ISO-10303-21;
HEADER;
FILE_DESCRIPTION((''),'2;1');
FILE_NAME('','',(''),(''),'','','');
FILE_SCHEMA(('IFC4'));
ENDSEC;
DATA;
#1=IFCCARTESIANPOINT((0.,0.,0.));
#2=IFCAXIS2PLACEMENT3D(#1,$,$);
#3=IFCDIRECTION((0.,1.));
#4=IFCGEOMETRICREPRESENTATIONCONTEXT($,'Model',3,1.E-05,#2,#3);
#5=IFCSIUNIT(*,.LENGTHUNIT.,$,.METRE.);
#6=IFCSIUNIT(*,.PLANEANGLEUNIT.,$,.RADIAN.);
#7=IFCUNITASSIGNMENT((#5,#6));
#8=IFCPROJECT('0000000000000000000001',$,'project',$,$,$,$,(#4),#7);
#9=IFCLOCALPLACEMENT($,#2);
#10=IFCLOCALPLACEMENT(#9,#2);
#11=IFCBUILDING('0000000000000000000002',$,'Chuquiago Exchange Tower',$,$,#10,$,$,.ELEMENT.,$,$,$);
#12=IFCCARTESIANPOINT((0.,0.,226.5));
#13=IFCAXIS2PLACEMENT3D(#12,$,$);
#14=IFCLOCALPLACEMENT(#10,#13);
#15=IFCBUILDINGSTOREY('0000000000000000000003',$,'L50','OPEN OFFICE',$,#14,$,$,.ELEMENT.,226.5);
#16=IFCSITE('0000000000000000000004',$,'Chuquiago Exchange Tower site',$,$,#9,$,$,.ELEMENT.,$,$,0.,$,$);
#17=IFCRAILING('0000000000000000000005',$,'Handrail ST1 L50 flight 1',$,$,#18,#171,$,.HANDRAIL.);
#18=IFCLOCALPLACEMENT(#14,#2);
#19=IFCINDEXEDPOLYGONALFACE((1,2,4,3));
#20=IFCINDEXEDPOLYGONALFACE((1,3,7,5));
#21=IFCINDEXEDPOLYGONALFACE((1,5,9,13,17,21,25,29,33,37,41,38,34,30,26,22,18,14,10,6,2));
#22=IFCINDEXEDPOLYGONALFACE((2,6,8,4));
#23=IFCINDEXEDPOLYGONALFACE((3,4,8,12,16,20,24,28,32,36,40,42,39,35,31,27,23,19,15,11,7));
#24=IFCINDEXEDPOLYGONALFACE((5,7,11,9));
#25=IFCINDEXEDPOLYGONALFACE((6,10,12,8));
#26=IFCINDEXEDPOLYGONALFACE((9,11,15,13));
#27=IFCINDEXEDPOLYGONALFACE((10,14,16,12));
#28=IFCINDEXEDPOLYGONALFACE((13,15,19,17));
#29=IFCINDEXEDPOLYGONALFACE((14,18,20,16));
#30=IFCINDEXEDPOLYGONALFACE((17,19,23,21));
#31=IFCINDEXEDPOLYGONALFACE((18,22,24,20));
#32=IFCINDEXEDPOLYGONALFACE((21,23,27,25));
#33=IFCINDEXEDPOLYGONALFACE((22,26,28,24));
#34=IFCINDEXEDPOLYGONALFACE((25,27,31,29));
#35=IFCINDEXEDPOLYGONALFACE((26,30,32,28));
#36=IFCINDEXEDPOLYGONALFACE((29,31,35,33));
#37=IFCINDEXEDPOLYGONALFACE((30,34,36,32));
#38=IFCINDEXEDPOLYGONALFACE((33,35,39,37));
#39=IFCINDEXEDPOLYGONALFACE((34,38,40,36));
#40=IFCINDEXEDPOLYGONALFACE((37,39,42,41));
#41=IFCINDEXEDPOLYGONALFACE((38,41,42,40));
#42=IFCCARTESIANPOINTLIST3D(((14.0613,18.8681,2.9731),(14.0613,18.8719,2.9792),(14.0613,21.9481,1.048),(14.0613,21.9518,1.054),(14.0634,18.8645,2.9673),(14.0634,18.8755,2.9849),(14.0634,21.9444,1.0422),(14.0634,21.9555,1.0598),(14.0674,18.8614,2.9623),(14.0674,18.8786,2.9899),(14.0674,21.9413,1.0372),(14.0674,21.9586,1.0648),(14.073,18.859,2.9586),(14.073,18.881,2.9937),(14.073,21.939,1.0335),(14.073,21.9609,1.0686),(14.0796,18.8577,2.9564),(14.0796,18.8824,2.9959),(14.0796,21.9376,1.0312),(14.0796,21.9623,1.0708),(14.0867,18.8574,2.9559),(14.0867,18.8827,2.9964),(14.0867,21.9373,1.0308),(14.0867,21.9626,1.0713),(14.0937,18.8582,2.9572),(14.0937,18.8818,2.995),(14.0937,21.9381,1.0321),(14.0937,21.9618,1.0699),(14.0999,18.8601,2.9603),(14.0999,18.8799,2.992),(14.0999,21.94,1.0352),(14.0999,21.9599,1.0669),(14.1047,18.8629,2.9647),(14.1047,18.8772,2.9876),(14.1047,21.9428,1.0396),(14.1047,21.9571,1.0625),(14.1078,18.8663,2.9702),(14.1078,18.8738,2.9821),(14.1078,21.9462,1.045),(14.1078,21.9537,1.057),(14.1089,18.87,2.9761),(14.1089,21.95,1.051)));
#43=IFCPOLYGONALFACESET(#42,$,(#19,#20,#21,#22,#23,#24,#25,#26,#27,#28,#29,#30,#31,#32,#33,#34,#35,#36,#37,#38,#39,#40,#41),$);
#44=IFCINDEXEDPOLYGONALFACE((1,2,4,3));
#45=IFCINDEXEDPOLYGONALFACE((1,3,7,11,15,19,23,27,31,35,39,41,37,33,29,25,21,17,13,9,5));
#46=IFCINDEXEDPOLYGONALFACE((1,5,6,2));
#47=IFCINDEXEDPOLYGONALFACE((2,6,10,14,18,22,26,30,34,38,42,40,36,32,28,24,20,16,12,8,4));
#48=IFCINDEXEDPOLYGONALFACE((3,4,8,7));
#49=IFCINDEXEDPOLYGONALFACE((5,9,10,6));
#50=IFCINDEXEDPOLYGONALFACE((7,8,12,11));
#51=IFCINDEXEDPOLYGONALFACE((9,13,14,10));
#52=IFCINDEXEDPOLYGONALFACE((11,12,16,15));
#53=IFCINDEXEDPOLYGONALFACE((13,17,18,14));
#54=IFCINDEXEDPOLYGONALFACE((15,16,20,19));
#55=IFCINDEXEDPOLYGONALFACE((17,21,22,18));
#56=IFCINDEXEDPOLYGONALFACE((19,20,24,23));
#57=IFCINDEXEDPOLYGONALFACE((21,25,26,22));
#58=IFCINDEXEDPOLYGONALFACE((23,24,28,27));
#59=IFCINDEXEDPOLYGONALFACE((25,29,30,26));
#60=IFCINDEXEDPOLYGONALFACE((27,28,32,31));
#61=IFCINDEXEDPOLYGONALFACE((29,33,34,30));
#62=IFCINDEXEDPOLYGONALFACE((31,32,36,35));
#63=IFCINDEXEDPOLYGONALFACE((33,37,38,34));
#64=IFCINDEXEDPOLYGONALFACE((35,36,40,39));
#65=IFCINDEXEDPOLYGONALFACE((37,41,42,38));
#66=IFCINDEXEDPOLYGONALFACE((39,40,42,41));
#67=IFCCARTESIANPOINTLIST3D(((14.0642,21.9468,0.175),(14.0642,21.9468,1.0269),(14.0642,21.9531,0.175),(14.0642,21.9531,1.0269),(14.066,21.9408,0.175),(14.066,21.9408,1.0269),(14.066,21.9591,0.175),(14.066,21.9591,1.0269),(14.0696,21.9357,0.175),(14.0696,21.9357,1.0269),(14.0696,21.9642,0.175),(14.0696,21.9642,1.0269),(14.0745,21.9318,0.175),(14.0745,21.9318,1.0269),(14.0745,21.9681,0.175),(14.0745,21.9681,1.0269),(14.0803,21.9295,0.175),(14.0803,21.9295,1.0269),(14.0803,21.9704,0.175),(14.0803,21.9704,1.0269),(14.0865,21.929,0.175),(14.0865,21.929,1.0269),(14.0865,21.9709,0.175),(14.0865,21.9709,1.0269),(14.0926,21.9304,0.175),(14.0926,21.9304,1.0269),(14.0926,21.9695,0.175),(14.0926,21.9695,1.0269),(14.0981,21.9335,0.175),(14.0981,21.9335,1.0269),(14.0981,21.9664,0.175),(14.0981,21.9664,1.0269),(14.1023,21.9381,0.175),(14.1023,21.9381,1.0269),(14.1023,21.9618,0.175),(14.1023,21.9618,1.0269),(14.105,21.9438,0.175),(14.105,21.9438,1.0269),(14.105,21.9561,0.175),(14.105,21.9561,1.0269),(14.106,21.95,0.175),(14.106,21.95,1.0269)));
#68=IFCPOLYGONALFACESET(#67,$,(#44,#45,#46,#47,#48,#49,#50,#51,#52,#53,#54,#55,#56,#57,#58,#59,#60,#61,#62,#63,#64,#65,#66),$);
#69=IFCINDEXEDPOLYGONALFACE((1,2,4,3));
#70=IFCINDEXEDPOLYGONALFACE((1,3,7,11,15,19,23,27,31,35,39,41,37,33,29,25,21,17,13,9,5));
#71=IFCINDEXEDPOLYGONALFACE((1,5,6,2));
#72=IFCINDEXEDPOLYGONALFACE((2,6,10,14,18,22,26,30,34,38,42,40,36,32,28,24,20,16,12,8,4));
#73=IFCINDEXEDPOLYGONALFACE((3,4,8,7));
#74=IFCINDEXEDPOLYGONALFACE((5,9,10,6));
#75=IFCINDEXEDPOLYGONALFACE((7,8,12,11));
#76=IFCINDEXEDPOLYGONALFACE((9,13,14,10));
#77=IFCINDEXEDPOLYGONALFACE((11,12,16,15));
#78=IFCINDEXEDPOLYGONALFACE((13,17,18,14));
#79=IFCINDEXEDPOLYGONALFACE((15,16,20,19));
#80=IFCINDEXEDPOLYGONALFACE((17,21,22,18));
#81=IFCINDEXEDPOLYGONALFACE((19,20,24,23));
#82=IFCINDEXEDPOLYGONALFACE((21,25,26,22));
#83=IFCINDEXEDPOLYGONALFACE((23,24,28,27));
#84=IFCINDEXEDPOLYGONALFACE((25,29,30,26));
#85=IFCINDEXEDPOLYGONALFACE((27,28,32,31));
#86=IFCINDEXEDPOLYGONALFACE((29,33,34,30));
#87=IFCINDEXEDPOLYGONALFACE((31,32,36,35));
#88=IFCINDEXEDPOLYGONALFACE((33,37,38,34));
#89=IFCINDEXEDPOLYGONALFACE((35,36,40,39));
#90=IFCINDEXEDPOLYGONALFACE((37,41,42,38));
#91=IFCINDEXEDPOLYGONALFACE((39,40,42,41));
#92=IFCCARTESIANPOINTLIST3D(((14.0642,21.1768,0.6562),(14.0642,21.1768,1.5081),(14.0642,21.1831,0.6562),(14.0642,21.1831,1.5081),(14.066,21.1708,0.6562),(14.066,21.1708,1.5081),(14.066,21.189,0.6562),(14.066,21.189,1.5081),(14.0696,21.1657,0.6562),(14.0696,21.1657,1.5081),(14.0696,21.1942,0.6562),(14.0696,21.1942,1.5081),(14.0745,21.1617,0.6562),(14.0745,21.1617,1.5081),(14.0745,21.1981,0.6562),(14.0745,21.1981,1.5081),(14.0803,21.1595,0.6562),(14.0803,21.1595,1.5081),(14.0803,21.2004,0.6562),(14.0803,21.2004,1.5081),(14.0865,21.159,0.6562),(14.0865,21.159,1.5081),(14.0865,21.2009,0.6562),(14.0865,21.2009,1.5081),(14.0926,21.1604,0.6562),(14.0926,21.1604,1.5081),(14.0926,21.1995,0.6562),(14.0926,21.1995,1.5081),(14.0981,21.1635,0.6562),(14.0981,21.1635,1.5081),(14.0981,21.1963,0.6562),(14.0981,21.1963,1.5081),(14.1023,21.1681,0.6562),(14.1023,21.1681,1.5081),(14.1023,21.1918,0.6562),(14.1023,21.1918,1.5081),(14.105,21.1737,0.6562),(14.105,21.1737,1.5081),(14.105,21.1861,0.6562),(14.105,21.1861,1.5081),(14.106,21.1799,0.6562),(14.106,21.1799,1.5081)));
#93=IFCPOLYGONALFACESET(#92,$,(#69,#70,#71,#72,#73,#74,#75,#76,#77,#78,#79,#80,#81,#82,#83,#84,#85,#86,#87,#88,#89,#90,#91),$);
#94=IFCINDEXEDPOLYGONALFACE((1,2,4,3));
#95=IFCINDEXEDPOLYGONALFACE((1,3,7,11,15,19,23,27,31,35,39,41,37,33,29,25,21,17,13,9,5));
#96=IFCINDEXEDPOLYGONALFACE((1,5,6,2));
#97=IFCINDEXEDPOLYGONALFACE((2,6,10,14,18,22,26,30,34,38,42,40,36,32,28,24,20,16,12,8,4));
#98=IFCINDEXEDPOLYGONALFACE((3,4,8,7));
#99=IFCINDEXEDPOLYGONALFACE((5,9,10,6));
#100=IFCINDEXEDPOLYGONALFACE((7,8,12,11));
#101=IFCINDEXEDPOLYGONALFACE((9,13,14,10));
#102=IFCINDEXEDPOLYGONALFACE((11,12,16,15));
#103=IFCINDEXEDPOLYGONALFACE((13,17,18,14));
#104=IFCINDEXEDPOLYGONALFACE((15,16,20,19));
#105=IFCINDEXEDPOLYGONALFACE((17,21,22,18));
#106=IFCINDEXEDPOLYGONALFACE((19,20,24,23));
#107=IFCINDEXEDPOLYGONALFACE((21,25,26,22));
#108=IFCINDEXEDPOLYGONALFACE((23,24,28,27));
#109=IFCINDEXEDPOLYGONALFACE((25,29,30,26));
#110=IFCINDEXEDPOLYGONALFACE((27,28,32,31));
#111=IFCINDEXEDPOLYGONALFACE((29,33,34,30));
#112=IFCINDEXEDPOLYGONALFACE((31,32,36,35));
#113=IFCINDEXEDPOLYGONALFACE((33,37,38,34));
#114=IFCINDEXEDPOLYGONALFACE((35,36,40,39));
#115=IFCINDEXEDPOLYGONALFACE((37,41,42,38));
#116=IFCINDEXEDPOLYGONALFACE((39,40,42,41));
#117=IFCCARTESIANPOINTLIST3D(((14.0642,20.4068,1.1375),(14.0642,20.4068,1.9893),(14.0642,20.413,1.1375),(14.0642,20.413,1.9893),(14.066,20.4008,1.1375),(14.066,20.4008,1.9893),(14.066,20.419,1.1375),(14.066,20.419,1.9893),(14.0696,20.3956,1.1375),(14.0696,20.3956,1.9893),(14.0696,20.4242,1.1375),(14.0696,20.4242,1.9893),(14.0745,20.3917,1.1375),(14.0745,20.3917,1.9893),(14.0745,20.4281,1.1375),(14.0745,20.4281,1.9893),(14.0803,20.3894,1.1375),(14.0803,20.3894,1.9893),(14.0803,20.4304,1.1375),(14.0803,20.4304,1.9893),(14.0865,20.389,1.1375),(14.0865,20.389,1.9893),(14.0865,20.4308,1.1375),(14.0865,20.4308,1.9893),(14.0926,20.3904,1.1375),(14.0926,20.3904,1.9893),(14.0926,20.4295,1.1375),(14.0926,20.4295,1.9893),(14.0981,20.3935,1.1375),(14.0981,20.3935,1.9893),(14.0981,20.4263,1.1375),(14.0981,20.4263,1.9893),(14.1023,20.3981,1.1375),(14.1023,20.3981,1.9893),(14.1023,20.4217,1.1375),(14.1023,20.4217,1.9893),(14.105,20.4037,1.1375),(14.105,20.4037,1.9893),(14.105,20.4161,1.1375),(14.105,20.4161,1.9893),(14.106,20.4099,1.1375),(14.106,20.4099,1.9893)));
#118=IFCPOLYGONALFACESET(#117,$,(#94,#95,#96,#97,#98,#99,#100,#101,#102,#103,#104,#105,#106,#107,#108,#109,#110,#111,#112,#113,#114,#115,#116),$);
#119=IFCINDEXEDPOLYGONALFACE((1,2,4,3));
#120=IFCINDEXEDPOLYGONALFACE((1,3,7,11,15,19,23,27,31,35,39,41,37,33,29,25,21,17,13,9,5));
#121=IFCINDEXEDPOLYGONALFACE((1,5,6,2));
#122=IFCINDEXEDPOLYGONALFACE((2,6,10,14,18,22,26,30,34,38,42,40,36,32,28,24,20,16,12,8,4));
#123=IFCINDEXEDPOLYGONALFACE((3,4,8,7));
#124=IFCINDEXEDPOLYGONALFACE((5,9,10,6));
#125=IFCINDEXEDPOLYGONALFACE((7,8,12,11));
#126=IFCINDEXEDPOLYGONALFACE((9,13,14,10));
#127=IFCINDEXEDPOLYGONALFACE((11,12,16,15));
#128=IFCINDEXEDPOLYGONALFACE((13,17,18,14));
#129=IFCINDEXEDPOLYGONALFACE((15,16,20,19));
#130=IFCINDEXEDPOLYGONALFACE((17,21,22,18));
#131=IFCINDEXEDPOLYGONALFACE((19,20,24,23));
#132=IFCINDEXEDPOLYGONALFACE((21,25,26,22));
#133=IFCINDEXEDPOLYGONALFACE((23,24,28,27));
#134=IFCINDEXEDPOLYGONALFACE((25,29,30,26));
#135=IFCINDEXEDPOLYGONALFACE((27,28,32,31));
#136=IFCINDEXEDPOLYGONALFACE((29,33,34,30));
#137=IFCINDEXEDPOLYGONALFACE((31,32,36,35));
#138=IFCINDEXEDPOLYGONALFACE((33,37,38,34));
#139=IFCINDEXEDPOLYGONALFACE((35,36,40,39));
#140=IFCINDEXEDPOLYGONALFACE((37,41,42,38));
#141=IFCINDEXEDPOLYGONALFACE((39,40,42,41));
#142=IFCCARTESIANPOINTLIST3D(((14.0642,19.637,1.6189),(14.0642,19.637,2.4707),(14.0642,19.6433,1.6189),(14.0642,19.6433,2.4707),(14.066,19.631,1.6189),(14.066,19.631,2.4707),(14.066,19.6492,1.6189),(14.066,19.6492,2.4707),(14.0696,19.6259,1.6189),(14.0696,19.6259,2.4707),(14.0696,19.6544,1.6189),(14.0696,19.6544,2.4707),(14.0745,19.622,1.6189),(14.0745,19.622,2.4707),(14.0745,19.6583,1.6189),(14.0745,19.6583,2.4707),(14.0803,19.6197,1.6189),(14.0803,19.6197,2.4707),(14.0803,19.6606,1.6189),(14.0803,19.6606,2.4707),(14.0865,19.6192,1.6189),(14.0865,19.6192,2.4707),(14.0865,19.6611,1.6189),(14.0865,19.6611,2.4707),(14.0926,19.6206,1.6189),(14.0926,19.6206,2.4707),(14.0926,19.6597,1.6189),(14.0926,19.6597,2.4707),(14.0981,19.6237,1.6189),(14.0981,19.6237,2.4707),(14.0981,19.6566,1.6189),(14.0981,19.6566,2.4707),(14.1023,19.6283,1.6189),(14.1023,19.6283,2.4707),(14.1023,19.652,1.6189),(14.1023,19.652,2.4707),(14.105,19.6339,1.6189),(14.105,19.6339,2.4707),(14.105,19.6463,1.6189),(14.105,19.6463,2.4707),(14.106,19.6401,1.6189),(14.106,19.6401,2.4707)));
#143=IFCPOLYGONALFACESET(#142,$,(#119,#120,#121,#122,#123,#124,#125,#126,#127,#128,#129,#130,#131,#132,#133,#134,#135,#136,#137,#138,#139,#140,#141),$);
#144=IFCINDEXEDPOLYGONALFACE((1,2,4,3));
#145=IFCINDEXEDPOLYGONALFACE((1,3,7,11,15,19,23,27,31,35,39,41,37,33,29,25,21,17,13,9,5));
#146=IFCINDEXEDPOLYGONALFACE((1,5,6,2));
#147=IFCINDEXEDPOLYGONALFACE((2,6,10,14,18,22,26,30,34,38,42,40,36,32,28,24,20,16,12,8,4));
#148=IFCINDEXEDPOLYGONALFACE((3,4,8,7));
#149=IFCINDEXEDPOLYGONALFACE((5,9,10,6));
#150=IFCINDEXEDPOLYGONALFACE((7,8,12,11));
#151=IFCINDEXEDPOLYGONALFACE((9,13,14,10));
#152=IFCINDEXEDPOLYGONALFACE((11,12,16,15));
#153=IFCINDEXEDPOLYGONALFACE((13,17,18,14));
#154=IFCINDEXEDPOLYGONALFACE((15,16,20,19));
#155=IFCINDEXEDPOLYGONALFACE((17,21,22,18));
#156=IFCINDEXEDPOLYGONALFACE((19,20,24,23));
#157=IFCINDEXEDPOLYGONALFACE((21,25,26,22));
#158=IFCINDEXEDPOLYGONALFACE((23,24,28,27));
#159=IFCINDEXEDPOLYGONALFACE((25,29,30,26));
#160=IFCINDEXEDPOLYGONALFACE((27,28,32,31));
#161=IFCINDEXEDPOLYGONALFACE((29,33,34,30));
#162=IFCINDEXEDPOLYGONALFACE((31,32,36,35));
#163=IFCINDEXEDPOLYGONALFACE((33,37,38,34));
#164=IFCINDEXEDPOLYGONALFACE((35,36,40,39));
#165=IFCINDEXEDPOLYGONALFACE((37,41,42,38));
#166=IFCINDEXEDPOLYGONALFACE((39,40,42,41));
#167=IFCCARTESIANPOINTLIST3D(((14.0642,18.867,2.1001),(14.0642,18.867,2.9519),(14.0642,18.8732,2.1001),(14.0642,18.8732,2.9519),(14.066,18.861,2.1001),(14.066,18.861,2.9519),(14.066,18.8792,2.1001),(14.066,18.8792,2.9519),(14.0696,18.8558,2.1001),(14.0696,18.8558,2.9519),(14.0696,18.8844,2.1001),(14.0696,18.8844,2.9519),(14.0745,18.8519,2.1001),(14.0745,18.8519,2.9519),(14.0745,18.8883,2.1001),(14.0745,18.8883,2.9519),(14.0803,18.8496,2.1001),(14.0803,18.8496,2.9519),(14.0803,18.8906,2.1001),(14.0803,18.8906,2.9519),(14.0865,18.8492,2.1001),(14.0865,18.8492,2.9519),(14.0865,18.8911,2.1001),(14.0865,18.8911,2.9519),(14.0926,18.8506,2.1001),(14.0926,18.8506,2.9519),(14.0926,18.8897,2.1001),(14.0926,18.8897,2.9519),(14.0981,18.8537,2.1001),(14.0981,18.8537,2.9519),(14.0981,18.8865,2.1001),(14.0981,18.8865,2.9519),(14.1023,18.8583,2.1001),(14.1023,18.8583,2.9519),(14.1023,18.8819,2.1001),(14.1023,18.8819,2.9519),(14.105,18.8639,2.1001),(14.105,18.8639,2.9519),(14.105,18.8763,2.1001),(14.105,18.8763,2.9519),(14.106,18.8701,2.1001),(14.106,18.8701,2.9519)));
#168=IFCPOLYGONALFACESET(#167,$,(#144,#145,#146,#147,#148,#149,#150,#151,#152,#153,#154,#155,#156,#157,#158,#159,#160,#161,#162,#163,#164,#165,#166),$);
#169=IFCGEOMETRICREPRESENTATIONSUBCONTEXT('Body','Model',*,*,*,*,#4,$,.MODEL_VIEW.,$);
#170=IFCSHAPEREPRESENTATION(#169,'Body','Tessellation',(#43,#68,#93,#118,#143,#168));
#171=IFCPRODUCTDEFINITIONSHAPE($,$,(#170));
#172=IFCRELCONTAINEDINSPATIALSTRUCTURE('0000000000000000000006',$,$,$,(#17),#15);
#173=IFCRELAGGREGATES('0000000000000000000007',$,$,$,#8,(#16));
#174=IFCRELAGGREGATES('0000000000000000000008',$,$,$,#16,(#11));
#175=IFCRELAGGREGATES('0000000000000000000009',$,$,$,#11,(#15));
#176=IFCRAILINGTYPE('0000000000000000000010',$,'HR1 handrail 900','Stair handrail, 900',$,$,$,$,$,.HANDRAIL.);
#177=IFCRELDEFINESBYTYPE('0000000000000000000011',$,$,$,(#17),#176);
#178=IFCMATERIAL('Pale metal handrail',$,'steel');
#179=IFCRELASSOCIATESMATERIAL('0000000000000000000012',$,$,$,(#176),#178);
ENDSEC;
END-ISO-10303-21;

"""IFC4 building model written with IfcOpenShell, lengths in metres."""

from ifc_helpers import new_model, si_unit, direction, frame, origin, origin_2d, place, context, subcontext, project, spatial, circle, extrude, material, type_object, element, save


model = new_model("IFC4")

# Units and contexts
model_context = context("Model", 3, precision=1e-05, world=origin(), true_north=direction((0.0, 1.0)))
body_context = subcontext(model_context, "Body", "Model", "MODEL_VIEW")
ifc_project = project(units=[si_unit("LENGTHUNIT", "METRE"), si_unit("PLANEANGLEUNIT", "RADIAN")], contexts=[model_context])

# Site, building, storey
site_placement = place(None, origin())
site = spatial("IfcSite", under=ifc_project, at=site_placement, Name="Chuquiago Exchange Tower site", CompositionType="ELEMENT", RefElevation=0.0)
building_placement = place(site_placement, origin())
building = spatial("IfcBuilding", under=site, at=building_placement, Name="Chuquiago Exchange Tower", CompositionType="ELEMENT")
storey_placement = place(building_placement, frame((0.0, 0.0, 226.5)))
storey = spatial("IfcBuildingStorey", under=building, at=storey_placement, Name="L50", Description="OPEN OFFICE", CompositionType="ELEMENT", Elevation=226.5)

# Railing
ifc_material_1 = material(Name="Pale metal handrail", Category="steel")
railing_type_1 = type_object("IfcRailingType", Name="HR1 handrail 900", Description="Stair handrail, 900", PredefinedType="HANDRAIL", material=ifc_material_1)
for number, where, name in (
    (1, (14.085, 21.95, 0.175), "Handrail ST1 L50 flight 1"),
):
    element("IfcRailing", number, at=place(storey_placement, frame(where)), inside=storey, type_object=railing_type_1, Name=name, PredefinedType="HANDRAIL", context=body_context, shape_type="SweptSolid", body=[
        extrude(circle(Radius=0.0239, at=origin_2d()), frame((0.0, 0.0, 0.876), z_axis=(0.0, -0.847979, 0.530029), x_axis=(1.0, 0.0, 0.0)), (0.0, 0.0, 1.0), 3.6321),
        extrude(circle(Radius=0.021, at=origin_2d()), origin(), (0.0, 0.0, 1.0), 0.8518),
        extrude(circle(Radius=0.021, at=origin_2d()), frame((0.0, -0.77, 0.4812)), (0.0, 0.0, 1.0), 0.8518),
        extrude(circle(Radius=0.021, at=origin_2d()), frame((0.0, -1.54, 0.9624)), (0.0, 0.0, 1.0), 0.8518),
        extrude(circle(Radius=0.021, at=origin_2d()), frame((0.0, -2.3098, 1.4438)), (0.0, 0.0, 1.0), 0.8518),
        extrude(circle(Radius=0.021, at=origin_2d()), frame((0.0, -3.0798, 1.925)), (0.0, 0.0, 1.0), 0.8518),
    ])

save(model, "model.ifc")
